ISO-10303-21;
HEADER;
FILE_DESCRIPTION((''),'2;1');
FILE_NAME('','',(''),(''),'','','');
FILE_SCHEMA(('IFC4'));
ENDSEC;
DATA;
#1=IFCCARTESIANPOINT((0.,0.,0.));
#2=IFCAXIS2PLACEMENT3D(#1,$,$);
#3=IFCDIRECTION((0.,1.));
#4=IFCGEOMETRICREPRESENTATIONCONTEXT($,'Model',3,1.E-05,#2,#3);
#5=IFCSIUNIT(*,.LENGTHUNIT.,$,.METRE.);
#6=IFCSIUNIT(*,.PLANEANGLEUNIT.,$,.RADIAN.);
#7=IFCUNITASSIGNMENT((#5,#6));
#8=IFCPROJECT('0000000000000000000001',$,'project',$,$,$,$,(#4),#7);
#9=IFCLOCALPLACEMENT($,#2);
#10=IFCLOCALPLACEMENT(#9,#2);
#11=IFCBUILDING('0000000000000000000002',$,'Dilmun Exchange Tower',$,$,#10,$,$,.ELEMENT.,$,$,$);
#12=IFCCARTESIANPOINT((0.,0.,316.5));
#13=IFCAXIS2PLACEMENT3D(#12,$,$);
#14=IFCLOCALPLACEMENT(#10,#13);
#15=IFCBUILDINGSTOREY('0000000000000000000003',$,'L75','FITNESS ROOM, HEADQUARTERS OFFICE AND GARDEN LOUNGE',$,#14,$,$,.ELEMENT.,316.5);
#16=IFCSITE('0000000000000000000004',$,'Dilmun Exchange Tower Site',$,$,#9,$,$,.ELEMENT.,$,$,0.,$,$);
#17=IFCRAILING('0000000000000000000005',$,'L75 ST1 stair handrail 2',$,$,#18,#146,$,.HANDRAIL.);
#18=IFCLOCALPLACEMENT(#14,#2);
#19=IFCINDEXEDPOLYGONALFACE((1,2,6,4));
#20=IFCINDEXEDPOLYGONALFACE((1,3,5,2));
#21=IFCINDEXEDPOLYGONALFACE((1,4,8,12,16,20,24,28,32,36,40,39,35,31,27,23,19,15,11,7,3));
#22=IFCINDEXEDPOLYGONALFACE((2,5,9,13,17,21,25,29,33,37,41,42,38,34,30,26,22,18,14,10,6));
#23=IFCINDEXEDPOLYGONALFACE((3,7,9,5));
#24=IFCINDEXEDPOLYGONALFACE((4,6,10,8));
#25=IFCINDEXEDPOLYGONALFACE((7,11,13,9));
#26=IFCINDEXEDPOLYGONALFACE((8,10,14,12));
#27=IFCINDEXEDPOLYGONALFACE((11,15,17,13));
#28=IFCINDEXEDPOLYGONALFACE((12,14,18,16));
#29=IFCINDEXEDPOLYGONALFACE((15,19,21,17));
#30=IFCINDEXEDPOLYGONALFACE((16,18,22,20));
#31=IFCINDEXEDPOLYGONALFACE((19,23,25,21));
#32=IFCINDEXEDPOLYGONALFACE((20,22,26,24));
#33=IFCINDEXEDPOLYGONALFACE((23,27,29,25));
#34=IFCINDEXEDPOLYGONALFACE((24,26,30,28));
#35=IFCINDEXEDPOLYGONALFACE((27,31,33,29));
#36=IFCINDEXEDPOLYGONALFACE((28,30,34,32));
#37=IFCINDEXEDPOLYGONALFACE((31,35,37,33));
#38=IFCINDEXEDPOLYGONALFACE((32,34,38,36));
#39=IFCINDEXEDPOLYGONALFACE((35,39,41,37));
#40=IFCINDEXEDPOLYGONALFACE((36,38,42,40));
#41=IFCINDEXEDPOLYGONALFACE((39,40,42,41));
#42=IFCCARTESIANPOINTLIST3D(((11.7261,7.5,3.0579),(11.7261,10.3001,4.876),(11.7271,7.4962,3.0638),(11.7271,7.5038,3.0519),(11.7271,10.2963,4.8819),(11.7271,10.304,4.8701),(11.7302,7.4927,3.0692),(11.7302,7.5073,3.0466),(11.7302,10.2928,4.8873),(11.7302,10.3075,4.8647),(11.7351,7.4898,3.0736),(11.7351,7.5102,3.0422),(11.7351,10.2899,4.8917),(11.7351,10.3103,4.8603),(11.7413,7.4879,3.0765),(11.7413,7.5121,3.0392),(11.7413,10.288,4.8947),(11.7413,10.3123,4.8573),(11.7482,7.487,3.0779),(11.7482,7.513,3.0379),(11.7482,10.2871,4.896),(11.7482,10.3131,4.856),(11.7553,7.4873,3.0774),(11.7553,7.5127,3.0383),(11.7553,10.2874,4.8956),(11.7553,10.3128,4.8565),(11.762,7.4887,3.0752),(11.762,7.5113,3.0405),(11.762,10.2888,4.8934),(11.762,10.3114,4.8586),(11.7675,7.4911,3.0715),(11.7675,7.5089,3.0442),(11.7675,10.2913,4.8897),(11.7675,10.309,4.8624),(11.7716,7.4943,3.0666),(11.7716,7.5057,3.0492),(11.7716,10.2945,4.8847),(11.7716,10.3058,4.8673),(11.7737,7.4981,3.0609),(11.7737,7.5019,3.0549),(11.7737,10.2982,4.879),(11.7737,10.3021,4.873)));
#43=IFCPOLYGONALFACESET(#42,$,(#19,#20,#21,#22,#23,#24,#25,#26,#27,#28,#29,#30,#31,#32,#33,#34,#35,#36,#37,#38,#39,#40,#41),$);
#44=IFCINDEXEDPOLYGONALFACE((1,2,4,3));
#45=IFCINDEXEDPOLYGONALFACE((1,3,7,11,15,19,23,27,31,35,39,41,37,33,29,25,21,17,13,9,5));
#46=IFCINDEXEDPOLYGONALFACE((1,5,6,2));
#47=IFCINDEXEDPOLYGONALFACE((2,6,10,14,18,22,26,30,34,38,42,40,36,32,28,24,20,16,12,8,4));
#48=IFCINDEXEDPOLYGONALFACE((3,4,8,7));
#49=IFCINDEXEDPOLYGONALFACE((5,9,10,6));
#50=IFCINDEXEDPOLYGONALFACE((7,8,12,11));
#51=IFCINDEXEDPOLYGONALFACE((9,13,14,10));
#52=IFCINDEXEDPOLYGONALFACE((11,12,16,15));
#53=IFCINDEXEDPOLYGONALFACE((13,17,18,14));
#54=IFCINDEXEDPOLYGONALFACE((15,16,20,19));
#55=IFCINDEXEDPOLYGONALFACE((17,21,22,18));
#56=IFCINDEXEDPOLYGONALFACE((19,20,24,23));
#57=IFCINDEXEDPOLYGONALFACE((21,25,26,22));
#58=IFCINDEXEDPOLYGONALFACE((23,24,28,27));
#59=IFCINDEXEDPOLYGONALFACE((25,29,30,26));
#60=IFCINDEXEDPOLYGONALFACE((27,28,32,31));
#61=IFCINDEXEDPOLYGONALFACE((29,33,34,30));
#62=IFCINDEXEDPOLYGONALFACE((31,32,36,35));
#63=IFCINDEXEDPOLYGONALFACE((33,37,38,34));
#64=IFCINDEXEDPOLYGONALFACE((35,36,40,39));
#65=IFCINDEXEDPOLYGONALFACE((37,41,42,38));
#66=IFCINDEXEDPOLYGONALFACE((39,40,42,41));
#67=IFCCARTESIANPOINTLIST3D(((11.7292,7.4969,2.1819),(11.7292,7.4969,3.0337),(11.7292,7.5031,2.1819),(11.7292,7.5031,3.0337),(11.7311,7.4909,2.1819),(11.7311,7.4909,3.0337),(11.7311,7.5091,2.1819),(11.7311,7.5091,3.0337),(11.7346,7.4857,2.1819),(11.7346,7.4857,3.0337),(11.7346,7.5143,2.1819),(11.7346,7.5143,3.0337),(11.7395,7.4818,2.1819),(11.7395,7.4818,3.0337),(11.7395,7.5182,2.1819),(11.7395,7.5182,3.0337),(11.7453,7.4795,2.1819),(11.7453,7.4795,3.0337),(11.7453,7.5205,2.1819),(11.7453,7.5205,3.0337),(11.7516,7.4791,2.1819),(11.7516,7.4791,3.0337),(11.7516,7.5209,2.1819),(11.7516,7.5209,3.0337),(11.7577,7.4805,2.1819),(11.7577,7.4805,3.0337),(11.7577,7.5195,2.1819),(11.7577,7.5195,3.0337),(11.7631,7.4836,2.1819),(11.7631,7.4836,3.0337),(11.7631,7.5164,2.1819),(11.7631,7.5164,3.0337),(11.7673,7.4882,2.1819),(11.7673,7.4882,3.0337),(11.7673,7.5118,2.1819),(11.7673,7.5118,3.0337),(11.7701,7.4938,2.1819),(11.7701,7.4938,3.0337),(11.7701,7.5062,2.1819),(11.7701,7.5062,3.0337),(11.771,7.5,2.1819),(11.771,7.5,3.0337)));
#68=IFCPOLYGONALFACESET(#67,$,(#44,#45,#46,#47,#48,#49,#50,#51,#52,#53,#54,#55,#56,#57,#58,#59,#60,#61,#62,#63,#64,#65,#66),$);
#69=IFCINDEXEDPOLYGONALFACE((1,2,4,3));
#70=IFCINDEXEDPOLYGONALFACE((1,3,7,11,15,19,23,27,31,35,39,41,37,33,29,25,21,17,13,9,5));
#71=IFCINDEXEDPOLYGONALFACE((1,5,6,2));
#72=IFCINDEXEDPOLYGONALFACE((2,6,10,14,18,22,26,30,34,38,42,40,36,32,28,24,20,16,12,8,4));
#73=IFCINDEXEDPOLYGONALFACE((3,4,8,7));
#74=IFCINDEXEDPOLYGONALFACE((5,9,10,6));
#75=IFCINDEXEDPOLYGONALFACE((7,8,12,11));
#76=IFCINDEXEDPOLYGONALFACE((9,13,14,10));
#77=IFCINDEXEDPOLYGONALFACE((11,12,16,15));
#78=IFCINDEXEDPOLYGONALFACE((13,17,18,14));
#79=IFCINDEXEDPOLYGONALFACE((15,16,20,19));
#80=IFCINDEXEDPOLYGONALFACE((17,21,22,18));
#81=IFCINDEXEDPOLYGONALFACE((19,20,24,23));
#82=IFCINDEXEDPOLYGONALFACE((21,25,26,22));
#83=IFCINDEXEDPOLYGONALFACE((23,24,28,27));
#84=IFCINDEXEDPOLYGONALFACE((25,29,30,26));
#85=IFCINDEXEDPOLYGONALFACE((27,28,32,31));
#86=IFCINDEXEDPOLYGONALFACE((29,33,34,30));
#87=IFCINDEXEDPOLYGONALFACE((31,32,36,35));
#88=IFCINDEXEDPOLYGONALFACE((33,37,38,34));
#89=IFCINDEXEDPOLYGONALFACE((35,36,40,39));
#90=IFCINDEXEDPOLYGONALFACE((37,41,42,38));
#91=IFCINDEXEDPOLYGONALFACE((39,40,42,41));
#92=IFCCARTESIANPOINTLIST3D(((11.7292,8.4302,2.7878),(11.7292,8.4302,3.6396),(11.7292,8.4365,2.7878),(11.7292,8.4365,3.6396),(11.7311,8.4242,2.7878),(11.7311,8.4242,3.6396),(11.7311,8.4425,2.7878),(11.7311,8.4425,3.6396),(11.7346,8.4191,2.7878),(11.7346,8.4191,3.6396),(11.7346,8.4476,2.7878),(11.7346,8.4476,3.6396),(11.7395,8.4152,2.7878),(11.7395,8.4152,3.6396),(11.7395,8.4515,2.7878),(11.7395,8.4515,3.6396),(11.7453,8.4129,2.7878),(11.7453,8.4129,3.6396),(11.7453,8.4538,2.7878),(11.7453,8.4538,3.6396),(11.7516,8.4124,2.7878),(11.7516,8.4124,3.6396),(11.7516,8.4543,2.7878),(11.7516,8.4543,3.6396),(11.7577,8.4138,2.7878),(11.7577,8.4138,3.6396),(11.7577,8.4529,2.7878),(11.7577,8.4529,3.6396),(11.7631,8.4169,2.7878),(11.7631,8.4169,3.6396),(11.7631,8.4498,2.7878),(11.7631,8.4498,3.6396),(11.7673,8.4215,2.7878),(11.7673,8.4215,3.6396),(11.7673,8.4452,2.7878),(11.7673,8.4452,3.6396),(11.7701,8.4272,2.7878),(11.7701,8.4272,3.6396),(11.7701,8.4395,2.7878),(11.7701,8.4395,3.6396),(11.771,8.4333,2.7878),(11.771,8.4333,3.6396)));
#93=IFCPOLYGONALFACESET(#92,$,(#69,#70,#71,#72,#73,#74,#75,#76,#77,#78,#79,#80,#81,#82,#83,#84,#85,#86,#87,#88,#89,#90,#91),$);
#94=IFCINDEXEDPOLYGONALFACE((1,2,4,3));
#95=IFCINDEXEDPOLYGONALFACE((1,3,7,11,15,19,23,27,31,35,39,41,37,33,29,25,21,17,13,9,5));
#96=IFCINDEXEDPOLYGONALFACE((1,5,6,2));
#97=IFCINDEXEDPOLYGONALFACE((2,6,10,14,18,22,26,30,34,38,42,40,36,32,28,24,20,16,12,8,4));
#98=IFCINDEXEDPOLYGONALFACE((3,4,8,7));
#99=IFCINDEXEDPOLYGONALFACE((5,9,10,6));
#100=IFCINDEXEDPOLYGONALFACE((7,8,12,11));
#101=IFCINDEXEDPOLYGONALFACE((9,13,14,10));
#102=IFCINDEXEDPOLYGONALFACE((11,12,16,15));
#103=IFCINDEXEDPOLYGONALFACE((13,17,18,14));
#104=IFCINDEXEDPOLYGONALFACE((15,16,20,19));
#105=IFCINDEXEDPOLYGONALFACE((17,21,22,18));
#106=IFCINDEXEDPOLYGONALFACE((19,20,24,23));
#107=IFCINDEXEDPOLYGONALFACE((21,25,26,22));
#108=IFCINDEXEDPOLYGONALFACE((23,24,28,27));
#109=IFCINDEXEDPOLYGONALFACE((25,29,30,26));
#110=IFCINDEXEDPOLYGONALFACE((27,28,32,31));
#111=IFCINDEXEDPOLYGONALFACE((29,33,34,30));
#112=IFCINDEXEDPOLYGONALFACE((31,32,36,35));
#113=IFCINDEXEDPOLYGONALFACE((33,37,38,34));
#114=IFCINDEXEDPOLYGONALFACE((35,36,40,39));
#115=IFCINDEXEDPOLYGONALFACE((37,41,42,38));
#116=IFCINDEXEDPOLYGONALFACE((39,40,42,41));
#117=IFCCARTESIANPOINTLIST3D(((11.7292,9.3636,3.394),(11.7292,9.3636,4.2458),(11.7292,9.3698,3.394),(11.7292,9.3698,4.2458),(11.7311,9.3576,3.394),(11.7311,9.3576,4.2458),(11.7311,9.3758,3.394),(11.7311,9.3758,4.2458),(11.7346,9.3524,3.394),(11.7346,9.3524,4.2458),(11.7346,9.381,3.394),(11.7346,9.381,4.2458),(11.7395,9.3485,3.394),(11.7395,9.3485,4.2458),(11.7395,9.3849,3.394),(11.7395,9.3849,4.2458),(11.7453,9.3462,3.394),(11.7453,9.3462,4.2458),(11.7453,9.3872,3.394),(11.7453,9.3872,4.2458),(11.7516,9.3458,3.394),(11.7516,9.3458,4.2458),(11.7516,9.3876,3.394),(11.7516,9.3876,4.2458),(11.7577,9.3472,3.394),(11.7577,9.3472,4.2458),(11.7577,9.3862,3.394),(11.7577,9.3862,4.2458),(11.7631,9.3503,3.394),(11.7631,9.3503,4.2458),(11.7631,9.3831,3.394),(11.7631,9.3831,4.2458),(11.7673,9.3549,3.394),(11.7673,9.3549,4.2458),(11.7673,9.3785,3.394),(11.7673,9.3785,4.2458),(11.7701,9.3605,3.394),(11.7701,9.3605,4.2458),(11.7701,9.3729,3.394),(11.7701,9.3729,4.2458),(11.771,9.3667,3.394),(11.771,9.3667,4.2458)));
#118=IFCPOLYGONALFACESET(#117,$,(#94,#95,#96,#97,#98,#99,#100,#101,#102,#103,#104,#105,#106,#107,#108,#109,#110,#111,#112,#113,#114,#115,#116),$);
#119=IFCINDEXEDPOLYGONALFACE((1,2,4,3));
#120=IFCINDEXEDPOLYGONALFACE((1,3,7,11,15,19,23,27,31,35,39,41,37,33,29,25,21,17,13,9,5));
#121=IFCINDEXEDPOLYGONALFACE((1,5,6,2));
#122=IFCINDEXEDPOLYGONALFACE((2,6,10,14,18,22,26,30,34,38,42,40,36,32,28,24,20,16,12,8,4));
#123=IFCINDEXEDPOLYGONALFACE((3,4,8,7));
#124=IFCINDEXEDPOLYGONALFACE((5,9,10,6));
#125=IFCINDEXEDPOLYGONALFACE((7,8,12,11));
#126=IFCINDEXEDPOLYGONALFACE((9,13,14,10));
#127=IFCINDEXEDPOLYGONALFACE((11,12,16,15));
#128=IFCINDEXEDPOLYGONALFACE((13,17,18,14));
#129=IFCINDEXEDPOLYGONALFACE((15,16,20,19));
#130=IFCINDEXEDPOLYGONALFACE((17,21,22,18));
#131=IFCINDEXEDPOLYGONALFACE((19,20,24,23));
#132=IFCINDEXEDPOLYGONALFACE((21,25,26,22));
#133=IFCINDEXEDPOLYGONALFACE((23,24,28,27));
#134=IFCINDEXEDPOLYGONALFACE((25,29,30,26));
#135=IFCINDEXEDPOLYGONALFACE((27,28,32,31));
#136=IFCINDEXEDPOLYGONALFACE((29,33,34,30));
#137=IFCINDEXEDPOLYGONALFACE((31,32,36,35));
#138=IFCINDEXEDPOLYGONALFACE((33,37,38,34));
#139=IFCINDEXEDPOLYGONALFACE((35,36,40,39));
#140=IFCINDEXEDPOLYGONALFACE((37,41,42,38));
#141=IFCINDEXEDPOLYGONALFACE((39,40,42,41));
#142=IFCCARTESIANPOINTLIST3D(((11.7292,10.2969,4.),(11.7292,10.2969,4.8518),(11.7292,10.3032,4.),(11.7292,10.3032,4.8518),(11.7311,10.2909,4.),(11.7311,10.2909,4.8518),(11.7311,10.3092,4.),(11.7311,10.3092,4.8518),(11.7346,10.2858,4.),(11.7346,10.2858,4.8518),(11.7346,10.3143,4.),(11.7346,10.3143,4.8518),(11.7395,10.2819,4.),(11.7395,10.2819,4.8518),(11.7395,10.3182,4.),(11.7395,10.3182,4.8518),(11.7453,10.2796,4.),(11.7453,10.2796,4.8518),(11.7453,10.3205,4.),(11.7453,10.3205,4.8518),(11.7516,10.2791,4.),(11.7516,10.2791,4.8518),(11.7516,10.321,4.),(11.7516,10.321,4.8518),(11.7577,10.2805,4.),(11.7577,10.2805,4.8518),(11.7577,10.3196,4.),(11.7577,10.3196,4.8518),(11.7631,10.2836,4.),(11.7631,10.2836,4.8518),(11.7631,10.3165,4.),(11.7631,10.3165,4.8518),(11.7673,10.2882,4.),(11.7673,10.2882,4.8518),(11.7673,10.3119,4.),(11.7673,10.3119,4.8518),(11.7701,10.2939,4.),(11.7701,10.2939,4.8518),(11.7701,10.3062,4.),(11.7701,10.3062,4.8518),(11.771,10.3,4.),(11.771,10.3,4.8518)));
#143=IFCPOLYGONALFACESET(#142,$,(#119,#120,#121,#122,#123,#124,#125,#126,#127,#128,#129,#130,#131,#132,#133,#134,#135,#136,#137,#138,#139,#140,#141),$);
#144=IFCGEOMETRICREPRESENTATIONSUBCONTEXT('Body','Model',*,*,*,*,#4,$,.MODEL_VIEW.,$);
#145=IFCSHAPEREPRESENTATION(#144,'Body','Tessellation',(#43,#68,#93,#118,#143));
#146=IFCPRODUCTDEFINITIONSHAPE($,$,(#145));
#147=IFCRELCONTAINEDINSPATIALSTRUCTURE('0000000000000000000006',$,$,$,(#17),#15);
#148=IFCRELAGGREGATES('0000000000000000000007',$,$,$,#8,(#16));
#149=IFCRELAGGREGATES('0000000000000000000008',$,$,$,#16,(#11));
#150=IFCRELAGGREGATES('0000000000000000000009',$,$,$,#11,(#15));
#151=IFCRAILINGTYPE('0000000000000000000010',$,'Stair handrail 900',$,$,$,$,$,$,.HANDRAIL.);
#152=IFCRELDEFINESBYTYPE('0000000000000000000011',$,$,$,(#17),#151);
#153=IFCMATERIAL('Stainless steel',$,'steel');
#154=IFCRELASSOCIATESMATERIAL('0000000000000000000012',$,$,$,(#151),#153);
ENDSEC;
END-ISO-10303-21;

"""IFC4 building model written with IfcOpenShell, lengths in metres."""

from ifc_helpers import new_model, si_unit, direction, frame, origin, origin_2d, place, context, subcontext, project, spatial, circle, extrude, material, type_object, element, save


model = new_model("IFC4")

# Units and contexts
model_context = context("Model", 3, precision=1e-05, world=origin(), true_north=direction((0.0, 1.0)))
body_context = subcontext(model_context, "Body", "Model", "MODEL_VIEW")
ifc_project = project(units=[si_unit("LENGTHUNIT", "METRE"), si_unit("PLANEANGLEUNIT", "RADIAN")], contexts=[model_context])

# Site, building, storey
site_placement = place(None, origin())
site = spatial("IfcSite", under=ifc_project, at=site_placement, Name="Dilmun Exchange Tower Site", CompositionType="ELEMENT", RefElevation=0.0)
building_placement = place(site_placement, origin())
building = spatial("IfcBuilding", under=site, at=building_placement, Name="Dilmun Exchange Tower", CompositionType="ELEMENT")
storey_placement = place(building_placement, frame((0.0, 0.0, 316.5)))
storey = spatial("IfcBuildingStorey", under=building, at=storey_placement, Name="L75", Description="FITNESS ROOM, HEADQUARTERS OFFICE AND GARDEN LOUNGE", CompositionType="ELEMENT", Elevation=316.5)

# Railing
ifc_material_1 = material(Name="Stainless steel", Category="steel")
railing_type = type_object("IfcRailingType", Name="Stair handrail 900", PredefinedType="HANDRAIL", material=ifc_material_1)
railing_1_placement = place(storey_placement, frame((11.75, 7.5, 2.1819)))
element("IfcRailing", 1, at=railing_1_placement, inside=storey, type_object=railing_type, Name="L75 ST1 stair handrail 2", PredefinedType="HANDRAIL", context=body_context, shape_type="SweptSolid", body=[
    extrude(circle(Radius=0.0239, at=origin_2d()), frame((0.0, 0.0, 0.876), z_axis=(0.0, 0.838706, 0.544585), x_axis=(-1.0, 0.0, 0.0)), (0.0, 0.0, 1.0), 3.3386),
    extrude(circle(Radius=0.021, at=origin_2d()), origin(), (0.0, 0.0, 1.0), 0.8518),
    extrude(circle(Radius=0.021, at=origin_2d()), frame((0.0, 0.9333, 0.606)), (0.0, 0.0, 1.0), 0.8518),
    extrude(circle(Radius=0.021, at=origin_2d()), frame((0.0, 1.8667, 1.2122)), (0.0, 0.0, 1.0), 0.8518),
    extrude(circle(Radius=0.021, at=origin_2d()), frame((0.0, 2.8, 1.8181)), (0.0, 0.0, 1.0), 0.8518),
])

save(model, "model.ifc")
